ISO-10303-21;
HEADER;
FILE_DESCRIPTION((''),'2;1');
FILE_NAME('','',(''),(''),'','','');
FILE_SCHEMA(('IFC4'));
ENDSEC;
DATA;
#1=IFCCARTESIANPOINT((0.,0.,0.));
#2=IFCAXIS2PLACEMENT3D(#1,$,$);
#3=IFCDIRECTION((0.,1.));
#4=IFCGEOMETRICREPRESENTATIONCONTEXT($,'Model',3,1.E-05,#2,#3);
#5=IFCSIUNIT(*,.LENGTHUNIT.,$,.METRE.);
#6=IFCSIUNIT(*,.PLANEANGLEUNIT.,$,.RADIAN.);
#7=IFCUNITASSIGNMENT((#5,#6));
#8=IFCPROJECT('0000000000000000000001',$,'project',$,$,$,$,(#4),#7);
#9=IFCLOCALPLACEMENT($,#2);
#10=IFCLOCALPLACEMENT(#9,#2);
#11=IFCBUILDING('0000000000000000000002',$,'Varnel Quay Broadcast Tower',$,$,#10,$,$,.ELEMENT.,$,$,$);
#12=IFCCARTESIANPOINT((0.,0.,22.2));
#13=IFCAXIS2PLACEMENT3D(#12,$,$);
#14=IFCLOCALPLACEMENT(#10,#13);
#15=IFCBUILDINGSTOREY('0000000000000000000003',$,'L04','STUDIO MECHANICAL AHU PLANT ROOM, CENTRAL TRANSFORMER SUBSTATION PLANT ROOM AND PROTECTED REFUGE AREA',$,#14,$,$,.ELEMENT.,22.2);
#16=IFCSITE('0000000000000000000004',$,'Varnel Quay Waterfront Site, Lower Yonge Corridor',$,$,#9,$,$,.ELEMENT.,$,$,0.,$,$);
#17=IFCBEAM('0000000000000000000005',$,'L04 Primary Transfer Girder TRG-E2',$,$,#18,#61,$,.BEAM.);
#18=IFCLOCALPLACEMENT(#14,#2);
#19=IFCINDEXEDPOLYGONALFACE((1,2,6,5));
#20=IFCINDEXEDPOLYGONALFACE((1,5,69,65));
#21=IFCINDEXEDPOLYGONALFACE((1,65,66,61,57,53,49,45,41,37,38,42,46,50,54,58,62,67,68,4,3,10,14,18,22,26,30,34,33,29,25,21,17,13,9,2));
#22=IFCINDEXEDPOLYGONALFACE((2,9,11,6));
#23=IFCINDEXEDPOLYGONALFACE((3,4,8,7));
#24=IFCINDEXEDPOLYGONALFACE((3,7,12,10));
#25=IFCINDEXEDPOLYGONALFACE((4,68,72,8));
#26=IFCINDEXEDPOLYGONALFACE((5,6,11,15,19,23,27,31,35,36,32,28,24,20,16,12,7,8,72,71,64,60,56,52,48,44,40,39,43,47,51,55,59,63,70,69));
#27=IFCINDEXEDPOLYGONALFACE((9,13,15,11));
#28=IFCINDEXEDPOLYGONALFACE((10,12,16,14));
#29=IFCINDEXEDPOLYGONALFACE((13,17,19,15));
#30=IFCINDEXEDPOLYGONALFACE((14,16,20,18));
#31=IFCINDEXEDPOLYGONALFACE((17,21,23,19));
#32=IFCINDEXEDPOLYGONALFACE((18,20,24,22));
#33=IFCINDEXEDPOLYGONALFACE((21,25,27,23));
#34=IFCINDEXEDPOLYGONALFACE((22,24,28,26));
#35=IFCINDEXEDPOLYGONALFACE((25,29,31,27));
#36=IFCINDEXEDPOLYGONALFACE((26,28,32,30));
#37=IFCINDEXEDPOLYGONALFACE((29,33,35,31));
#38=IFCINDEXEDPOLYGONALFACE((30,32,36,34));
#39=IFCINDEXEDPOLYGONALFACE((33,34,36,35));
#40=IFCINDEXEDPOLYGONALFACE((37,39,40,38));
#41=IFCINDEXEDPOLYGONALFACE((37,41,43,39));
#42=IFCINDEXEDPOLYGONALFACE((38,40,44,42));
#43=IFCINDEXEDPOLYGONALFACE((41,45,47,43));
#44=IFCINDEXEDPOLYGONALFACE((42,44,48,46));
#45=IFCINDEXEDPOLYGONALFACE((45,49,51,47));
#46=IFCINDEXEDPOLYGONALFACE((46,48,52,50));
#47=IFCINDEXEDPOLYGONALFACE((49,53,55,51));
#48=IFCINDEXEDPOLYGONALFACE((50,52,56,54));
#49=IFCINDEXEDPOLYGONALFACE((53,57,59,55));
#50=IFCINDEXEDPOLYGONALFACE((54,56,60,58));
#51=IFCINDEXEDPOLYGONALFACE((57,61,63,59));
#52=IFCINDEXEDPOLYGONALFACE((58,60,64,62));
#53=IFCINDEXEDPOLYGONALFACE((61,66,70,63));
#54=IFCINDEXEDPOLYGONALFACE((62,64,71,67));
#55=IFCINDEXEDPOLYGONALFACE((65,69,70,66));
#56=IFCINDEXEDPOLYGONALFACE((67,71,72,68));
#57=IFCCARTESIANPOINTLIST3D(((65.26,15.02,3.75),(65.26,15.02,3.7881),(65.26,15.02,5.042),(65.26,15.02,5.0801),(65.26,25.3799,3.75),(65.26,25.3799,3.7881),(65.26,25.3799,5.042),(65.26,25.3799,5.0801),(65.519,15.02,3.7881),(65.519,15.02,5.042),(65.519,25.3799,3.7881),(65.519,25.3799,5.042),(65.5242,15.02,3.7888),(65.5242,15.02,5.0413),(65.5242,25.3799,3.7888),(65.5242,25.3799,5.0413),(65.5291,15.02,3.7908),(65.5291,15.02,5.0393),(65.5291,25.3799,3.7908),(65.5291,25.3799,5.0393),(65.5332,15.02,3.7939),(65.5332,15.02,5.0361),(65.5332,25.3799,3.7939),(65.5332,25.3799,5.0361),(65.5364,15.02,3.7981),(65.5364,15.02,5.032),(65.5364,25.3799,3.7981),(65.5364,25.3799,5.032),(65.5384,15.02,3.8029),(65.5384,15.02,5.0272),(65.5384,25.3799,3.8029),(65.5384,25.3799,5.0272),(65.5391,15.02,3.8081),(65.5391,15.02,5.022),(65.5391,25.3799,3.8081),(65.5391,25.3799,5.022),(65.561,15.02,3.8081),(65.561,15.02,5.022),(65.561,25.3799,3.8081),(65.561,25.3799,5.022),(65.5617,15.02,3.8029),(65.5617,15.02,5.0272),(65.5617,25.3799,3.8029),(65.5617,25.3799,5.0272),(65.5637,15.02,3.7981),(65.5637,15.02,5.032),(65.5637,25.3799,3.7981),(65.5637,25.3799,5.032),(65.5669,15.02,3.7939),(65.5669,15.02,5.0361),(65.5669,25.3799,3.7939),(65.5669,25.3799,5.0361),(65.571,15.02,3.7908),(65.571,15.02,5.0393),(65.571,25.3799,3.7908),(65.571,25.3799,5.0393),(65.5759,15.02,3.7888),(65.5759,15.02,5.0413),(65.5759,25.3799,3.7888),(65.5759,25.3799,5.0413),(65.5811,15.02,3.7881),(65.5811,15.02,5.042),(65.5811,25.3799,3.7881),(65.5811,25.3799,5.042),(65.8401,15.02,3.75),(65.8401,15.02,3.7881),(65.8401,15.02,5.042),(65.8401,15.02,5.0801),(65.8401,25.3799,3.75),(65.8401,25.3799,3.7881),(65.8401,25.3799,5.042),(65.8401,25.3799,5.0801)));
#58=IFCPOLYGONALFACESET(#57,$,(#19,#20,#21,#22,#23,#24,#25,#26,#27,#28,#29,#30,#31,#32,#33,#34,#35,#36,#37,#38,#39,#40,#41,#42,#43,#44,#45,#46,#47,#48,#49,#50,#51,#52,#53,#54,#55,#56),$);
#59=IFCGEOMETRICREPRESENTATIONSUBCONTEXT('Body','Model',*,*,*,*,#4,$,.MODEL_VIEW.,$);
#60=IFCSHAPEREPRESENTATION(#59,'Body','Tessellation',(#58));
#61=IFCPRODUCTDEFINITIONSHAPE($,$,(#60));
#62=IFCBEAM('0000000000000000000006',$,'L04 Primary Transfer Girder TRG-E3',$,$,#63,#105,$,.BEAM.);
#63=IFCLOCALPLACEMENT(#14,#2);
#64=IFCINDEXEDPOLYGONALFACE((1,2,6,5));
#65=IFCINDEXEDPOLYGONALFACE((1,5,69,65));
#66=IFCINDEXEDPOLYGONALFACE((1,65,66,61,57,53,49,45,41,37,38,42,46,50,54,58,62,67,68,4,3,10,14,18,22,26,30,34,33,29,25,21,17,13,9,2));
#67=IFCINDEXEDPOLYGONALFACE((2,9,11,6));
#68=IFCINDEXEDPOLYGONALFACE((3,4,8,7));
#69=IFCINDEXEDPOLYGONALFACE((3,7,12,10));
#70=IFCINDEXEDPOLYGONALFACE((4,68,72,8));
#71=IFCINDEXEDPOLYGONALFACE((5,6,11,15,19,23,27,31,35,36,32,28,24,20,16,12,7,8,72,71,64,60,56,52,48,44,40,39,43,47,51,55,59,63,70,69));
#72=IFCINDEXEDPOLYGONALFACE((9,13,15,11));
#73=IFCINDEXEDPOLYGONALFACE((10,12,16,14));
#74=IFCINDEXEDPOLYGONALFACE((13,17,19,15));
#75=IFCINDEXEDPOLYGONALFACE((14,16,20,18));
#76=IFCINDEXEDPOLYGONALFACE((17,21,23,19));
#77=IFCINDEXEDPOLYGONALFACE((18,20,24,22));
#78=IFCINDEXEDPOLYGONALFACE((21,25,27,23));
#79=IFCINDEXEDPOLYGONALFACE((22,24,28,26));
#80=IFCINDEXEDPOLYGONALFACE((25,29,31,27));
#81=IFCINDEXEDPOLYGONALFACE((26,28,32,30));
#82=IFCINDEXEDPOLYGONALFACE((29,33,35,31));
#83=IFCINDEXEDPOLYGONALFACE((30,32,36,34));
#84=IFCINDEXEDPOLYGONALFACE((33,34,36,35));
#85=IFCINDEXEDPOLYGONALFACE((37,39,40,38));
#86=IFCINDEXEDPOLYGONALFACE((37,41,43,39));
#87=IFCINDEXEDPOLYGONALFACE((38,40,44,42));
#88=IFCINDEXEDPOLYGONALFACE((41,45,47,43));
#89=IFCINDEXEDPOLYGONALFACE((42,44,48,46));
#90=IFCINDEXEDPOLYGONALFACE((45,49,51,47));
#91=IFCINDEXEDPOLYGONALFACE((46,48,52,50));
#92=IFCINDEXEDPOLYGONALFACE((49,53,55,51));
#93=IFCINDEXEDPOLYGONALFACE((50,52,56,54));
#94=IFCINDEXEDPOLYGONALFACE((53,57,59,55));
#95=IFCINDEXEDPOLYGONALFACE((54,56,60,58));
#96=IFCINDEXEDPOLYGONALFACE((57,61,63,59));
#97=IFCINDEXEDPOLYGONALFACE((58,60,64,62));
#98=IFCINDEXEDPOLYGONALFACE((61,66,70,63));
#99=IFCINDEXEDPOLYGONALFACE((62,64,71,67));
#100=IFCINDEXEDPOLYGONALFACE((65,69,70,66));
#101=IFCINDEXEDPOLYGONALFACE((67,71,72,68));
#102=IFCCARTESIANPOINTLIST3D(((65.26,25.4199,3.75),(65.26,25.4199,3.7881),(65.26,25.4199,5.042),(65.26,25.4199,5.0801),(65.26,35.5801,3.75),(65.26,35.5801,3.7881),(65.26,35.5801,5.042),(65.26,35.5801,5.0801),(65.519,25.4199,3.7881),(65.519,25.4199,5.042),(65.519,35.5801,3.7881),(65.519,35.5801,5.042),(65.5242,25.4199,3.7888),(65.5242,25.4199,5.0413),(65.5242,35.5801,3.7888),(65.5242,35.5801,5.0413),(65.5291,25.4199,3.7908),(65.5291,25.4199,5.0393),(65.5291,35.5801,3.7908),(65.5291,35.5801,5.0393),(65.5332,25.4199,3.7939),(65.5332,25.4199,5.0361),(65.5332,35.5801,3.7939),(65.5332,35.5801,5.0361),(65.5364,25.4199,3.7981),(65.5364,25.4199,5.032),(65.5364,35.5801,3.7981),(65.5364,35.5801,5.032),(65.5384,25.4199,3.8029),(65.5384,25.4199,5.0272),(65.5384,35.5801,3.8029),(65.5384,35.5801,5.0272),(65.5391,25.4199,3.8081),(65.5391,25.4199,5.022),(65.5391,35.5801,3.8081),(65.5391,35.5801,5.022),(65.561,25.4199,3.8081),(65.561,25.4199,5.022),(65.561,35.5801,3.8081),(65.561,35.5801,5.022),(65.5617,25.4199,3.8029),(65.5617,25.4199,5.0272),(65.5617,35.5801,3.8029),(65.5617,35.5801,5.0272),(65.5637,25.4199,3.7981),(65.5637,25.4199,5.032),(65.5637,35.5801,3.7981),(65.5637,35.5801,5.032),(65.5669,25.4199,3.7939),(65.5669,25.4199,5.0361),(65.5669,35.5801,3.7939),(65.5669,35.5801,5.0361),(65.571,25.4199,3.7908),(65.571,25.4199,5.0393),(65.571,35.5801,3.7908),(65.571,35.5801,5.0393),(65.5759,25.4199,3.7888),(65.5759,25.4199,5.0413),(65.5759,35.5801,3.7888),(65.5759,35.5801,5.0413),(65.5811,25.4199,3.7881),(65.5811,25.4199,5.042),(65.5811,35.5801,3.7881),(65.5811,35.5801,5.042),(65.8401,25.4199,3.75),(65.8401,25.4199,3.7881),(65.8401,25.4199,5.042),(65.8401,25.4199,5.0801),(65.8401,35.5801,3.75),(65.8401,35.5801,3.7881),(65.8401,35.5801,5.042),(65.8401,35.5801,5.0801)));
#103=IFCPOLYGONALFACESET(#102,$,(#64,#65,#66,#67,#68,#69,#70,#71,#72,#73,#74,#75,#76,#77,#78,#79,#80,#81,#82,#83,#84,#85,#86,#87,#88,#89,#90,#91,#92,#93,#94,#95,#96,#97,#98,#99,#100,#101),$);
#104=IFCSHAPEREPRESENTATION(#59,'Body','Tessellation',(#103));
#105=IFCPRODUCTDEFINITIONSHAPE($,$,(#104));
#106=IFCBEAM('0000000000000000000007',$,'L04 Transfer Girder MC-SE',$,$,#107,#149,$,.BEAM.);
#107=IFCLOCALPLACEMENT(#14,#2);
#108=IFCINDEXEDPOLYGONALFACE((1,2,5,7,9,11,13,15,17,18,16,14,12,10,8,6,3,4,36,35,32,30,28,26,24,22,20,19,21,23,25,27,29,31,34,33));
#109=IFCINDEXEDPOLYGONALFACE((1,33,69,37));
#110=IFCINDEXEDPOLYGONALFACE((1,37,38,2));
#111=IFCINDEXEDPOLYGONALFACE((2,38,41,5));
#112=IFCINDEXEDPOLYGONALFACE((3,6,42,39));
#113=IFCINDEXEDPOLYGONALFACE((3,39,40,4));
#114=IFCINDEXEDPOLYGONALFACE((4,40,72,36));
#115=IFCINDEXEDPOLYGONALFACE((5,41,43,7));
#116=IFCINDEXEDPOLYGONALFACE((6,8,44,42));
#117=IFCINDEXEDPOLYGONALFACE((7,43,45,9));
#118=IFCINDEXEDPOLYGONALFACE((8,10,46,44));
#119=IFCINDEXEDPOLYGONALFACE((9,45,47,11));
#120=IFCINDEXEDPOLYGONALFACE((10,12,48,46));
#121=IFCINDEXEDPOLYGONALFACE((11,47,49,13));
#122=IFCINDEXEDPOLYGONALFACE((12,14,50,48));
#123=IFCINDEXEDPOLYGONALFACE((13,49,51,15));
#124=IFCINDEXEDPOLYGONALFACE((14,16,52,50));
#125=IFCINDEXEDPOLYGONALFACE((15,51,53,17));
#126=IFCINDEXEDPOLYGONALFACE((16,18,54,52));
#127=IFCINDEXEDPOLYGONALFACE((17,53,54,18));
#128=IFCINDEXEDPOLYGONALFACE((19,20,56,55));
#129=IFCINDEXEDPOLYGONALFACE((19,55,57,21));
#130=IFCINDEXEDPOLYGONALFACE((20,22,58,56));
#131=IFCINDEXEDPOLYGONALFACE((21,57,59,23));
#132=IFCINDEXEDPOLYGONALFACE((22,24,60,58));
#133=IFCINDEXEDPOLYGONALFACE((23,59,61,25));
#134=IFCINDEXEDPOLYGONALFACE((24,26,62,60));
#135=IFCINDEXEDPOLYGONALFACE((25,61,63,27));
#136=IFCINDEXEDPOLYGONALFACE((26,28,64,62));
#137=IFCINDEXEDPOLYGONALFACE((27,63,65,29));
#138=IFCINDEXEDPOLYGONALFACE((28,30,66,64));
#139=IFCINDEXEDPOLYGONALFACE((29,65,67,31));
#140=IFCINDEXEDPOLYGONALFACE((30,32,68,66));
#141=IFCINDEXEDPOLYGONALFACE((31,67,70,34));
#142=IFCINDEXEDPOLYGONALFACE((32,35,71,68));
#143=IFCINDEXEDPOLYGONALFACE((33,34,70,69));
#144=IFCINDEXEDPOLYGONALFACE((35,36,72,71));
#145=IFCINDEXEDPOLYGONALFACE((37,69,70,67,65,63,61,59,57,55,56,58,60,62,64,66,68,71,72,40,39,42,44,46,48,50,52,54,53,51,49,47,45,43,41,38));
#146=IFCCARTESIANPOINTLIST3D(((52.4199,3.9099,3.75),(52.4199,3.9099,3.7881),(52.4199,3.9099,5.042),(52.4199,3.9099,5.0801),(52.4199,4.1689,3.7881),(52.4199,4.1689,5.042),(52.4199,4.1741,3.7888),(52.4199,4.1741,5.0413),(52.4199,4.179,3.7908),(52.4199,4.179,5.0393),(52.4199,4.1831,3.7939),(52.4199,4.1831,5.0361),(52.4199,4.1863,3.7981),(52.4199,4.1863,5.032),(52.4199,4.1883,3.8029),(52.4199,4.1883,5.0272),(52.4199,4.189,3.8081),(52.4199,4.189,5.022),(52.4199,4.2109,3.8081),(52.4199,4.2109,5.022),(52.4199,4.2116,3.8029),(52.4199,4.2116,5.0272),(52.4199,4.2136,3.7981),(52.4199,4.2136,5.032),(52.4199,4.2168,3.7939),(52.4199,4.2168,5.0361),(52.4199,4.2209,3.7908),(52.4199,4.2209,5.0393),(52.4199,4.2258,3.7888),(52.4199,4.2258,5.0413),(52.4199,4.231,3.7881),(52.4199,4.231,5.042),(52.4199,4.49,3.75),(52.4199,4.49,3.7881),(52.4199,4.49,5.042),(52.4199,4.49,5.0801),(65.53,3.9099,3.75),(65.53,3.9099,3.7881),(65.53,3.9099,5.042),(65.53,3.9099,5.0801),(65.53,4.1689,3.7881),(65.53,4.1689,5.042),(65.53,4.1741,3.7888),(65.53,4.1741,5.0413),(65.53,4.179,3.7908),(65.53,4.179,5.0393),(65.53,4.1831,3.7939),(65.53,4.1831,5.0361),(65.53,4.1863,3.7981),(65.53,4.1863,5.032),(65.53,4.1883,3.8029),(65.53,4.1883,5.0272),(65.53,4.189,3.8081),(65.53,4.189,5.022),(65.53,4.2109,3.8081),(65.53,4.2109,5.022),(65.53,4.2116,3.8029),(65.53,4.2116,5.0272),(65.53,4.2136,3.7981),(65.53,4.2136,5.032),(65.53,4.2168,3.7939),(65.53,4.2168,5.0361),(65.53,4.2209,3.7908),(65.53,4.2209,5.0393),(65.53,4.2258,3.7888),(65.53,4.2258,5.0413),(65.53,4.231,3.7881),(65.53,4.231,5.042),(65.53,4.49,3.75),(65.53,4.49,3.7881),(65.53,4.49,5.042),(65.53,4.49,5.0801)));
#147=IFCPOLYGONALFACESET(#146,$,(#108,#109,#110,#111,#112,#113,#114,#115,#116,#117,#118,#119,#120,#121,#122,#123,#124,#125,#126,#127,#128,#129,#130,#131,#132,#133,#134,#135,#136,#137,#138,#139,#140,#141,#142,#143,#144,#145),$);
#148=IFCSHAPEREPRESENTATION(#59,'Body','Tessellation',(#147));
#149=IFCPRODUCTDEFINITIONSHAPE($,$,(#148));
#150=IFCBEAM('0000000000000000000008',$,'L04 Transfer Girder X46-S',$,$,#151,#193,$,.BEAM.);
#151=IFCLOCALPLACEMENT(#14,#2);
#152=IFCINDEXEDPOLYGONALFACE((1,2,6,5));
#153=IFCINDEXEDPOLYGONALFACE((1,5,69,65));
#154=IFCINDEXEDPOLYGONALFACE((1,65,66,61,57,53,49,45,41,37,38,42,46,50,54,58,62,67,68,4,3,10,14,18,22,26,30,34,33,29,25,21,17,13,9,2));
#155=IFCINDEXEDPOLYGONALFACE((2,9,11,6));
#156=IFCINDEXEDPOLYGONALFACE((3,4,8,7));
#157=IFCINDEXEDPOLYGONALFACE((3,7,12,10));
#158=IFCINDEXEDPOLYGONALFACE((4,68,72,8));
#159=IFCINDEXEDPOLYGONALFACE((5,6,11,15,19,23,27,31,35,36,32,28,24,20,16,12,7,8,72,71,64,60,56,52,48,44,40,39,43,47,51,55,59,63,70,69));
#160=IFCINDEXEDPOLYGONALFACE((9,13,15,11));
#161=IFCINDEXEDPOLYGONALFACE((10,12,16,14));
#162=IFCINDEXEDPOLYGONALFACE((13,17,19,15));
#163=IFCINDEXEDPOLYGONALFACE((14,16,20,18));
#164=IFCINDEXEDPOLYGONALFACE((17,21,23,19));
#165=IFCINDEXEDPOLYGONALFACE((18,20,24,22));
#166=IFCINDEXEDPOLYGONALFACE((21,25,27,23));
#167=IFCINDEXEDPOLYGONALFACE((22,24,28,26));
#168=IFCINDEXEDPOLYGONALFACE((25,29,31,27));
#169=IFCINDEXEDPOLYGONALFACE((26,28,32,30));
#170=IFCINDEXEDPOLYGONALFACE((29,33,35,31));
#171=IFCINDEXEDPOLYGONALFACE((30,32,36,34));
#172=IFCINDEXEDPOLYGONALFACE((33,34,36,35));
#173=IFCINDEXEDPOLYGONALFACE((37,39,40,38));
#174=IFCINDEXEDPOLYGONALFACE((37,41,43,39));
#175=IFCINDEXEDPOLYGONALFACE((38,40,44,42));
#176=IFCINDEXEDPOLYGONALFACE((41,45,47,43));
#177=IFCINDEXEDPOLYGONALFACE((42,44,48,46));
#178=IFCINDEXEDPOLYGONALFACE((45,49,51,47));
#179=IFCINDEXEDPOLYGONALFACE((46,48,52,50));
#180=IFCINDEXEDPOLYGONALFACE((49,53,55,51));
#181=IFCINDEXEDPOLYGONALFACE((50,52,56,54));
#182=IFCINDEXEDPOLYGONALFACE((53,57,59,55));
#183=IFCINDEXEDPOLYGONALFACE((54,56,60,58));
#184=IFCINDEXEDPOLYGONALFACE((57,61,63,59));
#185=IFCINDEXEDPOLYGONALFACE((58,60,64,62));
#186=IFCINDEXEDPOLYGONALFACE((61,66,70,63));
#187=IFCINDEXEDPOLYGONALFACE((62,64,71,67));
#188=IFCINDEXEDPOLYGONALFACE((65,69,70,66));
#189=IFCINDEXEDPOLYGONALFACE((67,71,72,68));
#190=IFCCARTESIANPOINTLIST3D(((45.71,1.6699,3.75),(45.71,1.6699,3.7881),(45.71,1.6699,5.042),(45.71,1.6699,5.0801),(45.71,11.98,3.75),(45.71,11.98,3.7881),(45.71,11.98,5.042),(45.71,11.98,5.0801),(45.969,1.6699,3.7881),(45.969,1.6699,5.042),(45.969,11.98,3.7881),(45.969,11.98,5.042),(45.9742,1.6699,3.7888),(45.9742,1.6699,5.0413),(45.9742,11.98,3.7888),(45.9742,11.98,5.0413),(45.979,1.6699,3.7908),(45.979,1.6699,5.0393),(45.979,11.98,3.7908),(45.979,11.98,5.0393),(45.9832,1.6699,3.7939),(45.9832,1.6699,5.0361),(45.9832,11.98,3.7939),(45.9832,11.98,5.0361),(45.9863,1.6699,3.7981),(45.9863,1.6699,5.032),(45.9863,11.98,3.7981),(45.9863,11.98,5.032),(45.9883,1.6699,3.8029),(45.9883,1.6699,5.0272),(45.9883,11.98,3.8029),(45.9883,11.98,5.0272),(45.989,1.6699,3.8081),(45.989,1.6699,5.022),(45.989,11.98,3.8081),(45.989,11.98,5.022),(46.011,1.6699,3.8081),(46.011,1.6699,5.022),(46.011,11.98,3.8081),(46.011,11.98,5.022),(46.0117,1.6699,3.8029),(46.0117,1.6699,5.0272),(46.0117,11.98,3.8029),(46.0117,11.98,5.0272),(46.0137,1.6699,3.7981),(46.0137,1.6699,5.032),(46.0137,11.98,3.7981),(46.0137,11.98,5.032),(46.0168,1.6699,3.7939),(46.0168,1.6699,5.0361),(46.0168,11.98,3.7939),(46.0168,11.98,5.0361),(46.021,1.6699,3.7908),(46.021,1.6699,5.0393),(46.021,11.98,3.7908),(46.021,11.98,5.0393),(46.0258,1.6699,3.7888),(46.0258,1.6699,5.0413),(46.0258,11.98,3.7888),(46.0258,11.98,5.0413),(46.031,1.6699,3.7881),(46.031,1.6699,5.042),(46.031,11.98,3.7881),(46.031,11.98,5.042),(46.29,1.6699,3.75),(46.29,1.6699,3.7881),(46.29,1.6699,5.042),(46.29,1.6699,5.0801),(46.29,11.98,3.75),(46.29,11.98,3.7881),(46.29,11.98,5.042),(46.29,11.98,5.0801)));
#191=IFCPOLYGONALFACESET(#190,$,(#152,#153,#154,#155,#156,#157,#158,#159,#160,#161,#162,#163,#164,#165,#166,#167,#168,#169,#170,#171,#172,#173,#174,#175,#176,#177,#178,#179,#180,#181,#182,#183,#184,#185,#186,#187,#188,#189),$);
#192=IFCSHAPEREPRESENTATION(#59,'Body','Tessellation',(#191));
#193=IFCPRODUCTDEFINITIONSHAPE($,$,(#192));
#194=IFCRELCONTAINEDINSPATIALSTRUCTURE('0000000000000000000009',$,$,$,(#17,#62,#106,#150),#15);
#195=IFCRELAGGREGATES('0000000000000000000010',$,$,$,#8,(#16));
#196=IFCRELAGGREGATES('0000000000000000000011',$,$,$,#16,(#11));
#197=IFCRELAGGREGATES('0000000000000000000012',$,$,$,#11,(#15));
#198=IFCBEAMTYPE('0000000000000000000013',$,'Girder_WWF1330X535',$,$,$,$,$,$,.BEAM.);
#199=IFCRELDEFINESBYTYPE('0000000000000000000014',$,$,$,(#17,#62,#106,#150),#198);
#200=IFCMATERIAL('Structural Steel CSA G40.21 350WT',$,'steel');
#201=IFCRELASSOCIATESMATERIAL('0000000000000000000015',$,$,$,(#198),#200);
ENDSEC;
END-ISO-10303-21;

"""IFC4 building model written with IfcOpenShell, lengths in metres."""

from ifc_helpers import new_model, si_unit, direction, frame, origin, origin_2d, place, context, subcontext, project, spatial, i_section, extrude, source, transform, mapped, material, material_profile, profile_set, type_object, element, save


model = new_model("IFC4")

# Units and contexts
model_context = context("Model", 3, precision=1e-05, world=origin(), true_north=direction((0.0, 1.0)))
body_context = subcontext(model_context, "Body", "Model", "MODEL_VIEW")
ifc_project = project(units=[si_unit("LENGTHUNIT", "METRE"), si_unit("PLANEANGLEUNIT", "RADIAN")], contexts=[model_context])

# Site, building, storey
site_placement = place(None, origin())
site = spatial("IfcSite", under=ifc_project, at=site_placement, Name="Varnel Quay Waterfront Site, Lower Yonge Corridor", CompositionType="ELEMENT", RefElevation=0.0)
building_placement = place(site_placement, origin())
building = spatial("IfcBuilding", under=site, at=building_placement, Name="Varnel Quay Broadcast Tower", CompositionType="ELEMENT")
storey_placement = place(building_placement, frame((0.0, 0.0, 22.2)))
storey = spatial("IfcBuildingStorey", under=building, at=storey_placement, Name="L04", Description="STUDIO MECHANICAL AHU PLANT ROOM, CENTRAL TRANSFORMER SUBSTATION PLANT ROOM AND PROTECTED REFUGE AREA", CompositionType="ELEMENT", Elevation=22.2)

# Shared definitions
ifc_material_1 = material(Name="Structural Steel CSA G40.21 350WT", Category="steel")

# Beams
ifc_material_profile_1 = material_profile(ifc_material_1, i_section(OverallWidth=0.5801, OverallDepth=1.3301, WebThickness=0.022, FlangeThickness=0.0381, FilletRadius=0.02, at=origin_2d()), Name="WWF1330X535")
ifc_profile_set_1 = profile_set([ifc_material_profile_1], Name="Structural Steel CSA G40.21 350WT")
beam_type_1 = type_object("IfcBeamType", Name="Girder_WWF1330X535", PredefinedType="BEAM", material=ifc_profile_set_1)
shared_shape_1 = source(origin(), body_context, "Body", "SweptSolid", [
    extrude(i_section(OverallWidth=0.5801, OverallDepth=1.3301, WebThickness=0.022, FlangeThickness=0.0381, FilletRadius=0.02, at=origin_2d()), origin(), (0.0, 0.0, 1.0), 10.3599),
])
beam_1_placement = place(storey_placement, frame((65.55, 15.02, 4.415), z_axis=(0.0, 1.0, 0.0), x_axis=(-1.0, 0.0, 0.0)))
element("IfcBeam", 1, at=beam_1_placement, inside=storey, type_object=beam_type_1, Name="L04 Primary Transfer Girder TRG-E2", PredefinedType="BEAM", context=body_context, shape_type="MappedRepresentation", body=[
    mapped(shared_shape_1, transform((0.0, 0.0, 0.0), x_axis=(1.0, 0.0, 0.0), y_axis=(0.0, 1.0, 0.0), z_axis=(0.0, 0.0, 1.0), scale=1.0)),
])
shared_shape_2 = source(origin(), body_context, "Body", "SweptSolid", [
    extrude(i_section(OverallWidth=0.5801, OverallDepth=1.3301, WebThickness=0.022, FlangeThickness=0.0381, FilletRadius=0.02, at=origin_2d()), origin(), (0.0, 0.0, 1.0), 10.1602),
])
beam_2_placement = place(storey_placement, frame((65.55, 25.4199, 4.415), z_axis=(0.0, 1.0, 0.0), x_axis=(-1.0, 0.0, 0.0)))
element("IfcBeam", 2, at=beam_2_placement, inside=storey, type_object=beam_type_1, Name="L04 Primary Transfer Girder TRG-E3", PredefinedType="BEAM", context=body_context, shape_type="MappedRepresentation", body=[
    mapped(shared_shape_2, transform((0.0, 0.0, 0.0), x_axis=(1.0, 0.0, 0.0), y_axis=(0.0, 1.0, 0.0), z_axis=(0.0, 0.0, 1.0), scale=1.0)),
])
shared_shape_3 = source(origin(), body_context, "Body", "SweptSolid", [
    extrude(i_section(OverallWidth=0.5801, OverallDepth=1.3301, WebThickness=0.022, FlangeThickness=0.0381, FilletRadius=0.02, at=origin_2d()), origin(), (0.0, 0.0, 1.0), 13.1101),
])
beam_3_placement = place(storey_placement, frame((52.4199, 4.2, 4.415), z_axis=(1.0, 0.0, 0.0), x_axis=(0.0, 1.0, 0.0)))
element("IfcBeam", 3, at=beam_3_placement, inside=storey, type_object=beam_type_1, Name="L04 Transfer Girder MC-SE", PredefinedType="BEAM", context=body_context, shape_type="MappedRepresentation", body=[
    mapped(shared_shape_3, transform((0.0, 0.0, 0.0), x_axis=(1.0, 0.0, 0.0), y_axis=(0.0, 1.0, 0.0), z_axis=(0.0, 0.0, 1.0), scale=1.0)),
])
shared_shape_4 = source(origin(), body_context, "Body", "SweptSolid", [
    extrude(i_section(OverallWidth=0.5801, OverallDepth=1.3301, WebThickness=0.022, FlangeThickness=0.0381, FilletRadius=0.02, at=origin_2d()), origin(), (0.0, 0.0, 1.0), 10.3101),
])
for number, where, z_axis, x_axis, name in (
    (4, (46.0, 1.6699, 4.415), (0.0, 1.0, 0.0), (-1.0, 0.0, 0.0), "L04 Transfer Girder X46-S"),
):
    element("IfcBeam", number, at=place(storey_placement, frame(where, z_axis=z_axis, x_axis=x_axis)), inside=storey, type_object=beam_type_1, Name=name, PredefinedType="BEAM", context=body_context, shape_type="MappedRepresentation", body=[
        mapped(shared_shape_4, transform((0.0, 0.0, 0.0), x_axis=(1.0, 0.0, 0.0), y_axis=(0.0, 1.0, 0.0), z_axis=(0.0, 0.0, 1.0), scale=1.0)),
    ])

save(model, "model.ifc")
